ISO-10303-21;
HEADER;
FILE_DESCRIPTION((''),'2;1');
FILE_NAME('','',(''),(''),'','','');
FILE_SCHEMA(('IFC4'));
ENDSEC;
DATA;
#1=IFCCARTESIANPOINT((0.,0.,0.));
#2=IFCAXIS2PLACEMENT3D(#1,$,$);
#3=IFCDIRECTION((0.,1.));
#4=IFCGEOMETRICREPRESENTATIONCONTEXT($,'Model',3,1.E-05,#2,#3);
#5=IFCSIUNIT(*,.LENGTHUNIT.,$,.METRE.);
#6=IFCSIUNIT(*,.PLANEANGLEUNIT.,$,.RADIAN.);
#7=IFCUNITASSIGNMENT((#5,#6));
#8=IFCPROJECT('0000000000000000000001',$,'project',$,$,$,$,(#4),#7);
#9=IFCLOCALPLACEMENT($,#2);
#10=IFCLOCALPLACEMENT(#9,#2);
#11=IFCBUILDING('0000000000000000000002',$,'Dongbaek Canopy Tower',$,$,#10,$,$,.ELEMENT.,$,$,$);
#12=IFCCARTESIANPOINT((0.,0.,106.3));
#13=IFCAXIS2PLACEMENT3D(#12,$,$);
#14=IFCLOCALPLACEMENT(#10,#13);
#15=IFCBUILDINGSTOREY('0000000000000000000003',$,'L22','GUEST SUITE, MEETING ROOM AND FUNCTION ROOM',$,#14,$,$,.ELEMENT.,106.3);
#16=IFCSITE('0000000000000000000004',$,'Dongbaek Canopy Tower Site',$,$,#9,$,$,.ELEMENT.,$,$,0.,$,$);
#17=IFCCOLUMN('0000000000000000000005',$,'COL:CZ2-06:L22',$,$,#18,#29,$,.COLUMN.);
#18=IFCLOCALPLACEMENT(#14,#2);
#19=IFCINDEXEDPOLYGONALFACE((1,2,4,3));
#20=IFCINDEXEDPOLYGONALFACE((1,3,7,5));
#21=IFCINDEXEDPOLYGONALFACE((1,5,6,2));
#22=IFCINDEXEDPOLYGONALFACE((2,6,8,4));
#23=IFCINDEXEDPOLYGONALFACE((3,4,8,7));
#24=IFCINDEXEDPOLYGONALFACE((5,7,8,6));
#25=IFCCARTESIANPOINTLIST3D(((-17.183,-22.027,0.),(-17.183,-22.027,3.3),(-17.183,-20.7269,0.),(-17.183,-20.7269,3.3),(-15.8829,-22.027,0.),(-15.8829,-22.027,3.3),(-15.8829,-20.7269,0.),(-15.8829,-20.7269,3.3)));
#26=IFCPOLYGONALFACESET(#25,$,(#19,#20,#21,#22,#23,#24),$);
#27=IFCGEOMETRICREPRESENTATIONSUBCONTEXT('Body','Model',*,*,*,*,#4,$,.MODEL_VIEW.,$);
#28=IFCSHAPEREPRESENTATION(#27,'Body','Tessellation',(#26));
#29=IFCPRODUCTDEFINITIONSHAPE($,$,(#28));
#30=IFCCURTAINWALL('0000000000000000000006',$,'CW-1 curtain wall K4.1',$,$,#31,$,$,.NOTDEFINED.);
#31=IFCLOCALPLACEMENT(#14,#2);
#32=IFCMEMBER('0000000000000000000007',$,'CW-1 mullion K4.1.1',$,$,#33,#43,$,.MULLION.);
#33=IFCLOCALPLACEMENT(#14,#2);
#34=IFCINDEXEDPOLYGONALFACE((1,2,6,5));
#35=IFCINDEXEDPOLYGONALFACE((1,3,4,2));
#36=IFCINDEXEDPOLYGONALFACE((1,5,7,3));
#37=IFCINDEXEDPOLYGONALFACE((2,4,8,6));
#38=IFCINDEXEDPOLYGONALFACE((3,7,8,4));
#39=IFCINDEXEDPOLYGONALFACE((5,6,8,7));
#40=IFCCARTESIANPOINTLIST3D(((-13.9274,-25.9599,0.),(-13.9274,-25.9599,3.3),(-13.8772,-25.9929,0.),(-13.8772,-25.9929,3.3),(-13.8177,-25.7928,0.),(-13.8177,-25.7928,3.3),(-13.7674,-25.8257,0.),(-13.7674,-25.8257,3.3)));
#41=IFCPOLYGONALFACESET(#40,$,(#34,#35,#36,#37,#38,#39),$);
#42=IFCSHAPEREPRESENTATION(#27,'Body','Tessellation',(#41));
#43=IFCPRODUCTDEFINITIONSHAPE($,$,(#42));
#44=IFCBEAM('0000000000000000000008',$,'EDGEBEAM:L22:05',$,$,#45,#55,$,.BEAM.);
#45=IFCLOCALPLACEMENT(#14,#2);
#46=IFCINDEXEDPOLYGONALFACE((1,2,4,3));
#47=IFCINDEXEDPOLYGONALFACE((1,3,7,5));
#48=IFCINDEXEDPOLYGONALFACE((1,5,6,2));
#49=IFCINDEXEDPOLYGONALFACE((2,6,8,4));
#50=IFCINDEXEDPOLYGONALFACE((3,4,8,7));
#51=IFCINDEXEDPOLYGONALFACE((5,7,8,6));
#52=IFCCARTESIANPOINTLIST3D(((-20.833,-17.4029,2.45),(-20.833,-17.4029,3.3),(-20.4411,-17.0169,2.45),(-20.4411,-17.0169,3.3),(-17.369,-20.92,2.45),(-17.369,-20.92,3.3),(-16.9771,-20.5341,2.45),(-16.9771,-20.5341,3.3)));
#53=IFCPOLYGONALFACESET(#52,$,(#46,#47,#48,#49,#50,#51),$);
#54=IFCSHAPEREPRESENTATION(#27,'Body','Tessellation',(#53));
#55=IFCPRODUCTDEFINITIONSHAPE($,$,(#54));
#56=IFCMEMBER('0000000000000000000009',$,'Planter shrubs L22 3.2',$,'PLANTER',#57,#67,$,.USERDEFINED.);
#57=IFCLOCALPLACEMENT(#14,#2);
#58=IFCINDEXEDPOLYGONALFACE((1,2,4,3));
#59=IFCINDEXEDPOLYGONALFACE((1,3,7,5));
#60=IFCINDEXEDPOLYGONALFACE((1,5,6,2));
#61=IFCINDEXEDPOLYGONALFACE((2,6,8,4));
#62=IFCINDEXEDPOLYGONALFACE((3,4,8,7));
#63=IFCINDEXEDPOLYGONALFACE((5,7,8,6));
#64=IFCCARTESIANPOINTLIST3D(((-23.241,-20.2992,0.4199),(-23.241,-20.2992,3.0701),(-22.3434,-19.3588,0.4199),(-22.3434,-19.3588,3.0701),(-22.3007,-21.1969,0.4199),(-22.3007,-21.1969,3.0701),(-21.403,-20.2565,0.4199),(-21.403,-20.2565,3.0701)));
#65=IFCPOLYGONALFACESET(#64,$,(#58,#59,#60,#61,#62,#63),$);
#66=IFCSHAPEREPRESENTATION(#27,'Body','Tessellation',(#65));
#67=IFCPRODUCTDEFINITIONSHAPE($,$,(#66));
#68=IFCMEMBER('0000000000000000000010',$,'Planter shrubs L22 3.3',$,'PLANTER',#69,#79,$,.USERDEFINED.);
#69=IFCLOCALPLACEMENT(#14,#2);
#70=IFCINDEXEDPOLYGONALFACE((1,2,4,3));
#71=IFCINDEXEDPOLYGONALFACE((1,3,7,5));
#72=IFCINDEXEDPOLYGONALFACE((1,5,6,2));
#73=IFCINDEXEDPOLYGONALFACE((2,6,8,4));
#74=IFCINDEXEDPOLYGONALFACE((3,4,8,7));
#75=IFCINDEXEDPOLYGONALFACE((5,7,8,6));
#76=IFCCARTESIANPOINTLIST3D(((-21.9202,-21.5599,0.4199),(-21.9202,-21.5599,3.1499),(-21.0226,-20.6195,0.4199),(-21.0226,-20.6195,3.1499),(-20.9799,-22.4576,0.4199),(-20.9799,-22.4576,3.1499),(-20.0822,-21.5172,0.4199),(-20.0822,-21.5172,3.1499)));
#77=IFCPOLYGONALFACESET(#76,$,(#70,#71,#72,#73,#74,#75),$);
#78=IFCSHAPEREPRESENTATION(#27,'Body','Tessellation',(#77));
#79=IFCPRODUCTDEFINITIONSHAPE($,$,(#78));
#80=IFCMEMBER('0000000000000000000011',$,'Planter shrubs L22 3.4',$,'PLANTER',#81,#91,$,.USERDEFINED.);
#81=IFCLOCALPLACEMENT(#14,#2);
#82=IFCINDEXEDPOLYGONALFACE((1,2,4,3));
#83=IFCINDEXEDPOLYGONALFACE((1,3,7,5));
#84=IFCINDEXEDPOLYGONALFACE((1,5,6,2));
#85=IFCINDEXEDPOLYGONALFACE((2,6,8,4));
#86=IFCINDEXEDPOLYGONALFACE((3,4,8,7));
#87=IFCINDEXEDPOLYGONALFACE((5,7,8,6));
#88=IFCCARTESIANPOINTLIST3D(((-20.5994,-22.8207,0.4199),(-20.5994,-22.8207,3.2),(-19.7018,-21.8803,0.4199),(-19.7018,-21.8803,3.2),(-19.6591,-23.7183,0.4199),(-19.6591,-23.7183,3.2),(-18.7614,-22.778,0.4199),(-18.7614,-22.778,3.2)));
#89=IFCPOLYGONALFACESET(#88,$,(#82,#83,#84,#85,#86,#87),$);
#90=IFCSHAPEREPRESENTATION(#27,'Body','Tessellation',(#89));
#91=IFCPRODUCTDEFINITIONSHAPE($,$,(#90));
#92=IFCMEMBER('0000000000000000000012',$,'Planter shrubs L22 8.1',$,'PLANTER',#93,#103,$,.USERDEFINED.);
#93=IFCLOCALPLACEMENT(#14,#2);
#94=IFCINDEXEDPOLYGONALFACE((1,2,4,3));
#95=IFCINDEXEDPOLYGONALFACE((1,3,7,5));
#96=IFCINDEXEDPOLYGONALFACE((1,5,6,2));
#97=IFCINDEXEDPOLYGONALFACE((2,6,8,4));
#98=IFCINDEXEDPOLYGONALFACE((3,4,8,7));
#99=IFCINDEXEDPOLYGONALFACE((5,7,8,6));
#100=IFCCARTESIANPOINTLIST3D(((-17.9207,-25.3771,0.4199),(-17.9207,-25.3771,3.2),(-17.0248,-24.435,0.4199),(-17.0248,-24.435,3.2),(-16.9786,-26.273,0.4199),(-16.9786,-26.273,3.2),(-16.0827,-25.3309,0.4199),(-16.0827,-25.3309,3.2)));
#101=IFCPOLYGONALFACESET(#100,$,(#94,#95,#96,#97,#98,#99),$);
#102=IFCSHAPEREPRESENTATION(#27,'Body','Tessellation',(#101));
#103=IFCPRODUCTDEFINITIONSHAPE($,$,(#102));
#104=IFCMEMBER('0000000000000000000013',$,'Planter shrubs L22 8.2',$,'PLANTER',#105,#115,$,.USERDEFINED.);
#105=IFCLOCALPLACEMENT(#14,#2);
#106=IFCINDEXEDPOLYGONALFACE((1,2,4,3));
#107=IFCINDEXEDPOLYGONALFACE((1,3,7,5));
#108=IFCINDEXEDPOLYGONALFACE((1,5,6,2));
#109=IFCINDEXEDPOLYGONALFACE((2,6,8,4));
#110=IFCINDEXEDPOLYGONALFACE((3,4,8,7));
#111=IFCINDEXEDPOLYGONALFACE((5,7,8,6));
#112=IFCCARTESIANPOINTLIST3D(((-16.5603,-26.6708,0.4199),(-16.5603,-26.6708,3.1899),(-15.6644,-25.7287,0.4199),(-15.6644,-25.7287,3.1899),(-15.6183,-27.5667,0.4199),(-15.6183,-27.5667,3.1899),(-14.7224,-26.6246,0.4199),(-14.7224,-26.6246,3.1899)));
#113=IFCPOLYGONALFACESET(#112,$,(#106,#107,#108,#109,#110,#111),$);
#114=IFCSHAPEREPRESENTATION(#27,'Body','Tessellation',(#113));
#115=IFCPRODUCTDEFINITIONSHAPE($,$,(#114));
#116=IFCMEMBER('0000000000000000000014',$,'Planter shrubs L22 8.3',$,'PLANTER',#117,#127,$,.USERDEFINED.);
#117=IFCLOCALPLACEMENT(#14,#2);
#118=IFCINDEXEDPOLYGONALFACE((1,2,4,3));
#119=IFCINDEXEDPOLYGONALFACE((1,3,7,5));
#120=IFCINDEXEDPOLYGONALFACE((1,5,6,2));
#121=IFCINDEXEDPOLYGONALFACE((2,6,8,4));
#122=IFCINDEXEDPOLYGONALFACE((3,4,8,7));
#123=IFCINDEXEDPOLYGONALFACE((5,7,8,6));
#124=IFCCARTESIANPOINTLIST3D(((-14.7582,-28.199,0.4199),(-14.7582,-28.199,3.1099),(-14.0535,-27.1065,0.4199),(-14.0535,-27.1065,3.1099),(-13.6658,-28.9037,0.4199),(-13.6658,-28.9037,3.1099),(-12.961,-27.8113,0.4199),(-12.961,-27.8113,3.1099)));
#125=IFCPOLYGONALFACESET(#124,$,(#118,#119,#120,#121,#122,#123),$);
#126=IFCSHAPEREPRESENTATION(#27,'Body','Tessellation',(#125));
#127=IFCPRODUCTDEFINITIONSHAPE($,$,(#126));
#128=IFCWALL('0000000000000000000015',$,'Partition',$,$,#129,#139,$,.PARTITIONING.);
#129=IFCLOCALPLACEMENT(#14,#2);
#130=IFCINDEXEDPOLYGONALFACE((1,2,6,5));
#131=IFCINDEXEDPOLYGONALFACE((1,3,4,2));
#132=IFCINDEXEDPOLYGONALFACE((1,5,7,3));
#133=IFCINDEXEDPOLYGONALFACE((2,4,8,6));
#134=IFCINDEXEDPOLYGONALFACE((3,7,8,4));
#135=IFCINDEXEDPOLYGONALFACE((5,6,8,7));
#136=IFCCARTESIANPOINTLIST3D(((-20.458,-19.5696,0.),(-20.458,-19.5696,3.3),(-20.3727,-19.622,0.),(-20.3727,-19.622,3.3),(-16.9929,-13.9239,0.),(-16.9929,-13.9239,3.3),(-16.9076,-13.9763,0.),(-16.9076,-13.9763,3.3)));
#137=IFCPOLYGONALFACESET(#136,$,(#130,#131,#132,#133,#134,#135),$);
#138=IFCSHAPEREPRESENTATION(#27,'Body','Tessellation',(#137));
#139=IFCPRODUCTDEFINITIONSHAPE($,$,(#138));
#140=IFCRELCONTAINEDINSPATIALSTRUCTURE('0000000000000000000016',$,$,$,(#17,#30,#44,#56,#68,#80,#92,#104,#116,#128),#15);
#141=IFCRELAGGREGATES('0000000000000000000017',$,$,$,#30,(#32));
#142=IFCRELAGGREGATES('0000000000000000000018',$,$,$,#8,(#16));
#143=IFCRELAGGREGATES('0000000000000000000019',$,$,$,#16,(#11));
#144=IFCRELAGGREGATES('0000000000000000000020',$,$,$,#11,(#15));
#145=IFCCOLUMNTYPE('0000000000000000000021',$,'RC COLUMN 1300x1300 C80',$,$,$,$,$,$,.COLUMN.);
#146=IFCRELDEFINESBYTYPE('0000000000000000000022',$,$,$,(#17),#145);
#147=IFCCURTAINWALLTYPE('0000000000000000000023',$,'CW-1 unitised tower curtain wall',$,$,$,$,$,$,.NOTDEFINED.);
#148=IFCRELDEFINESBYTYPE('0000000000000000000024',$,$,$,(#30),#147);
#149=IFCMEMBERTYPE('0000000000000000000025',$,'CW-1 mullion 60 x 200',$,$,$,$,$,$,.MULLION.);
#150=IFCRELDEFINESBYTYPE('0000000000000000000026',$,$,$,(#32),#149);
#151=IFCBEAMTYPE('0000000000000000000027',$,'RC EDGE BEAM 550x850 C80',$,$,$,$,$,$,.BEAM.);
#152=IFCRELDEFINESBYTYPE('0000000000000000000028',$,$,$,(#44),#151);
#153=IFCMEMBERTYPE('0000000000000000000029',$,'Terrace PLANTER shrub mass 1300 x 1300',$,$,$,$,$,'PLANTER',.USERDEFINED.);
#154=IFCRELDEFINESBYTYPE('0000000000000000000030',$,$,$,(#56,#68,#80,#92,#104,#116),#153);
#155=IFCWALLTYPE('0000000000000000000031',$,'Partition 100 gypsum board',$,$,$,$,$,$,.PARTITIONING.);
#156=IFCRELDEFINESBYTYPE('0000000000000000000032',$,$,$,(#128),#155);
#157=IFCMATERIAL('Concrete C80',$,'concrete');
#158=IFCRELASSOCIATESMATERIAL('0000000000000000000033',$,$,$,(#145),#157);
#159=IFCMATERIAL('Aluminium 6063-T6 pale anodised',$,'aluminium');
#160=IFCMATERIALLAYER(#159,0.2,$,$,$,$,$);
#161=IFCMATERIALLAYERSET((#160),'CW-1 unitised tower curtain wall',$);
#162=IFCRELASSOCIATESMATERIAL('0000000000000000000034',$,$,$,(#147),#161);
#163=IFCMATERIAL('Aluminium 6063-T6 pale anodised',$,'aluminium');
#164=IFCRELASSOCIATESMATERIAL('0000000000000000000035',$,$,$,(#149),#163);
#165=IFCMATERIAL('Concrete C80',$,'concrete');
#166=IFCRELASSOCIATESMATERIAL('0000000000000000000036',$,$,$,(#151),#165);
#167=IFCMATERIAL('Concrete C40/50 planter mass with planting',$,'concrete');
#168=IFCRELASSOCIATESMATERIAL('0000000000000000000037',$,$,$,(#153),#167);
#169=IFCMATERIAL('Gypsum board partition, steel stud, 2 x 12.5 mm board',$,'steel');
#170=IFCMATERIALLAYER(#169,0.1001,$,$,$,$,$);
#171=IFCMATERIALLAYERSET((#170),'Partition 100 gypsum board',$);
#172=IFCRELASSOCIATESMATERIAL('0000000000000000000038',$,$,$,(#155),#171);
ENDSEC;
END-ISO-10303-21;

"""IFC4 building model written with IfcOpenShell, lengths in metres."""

from ifc_helpers import new_model, si_unit, direction, frame, frame_2d, origin, origin_2d, place, context, subcontext, project, spatial, rectangle, extrude, material, layer, layer_set, material_profile, profile_set, type_object, element, aggregate, save


model = new_model("IFC4")

# Units and contexts
model_context = context("Model", 3, precision=1e-05, world=origin(), true_north=direction((0.0, 1.0)))
body_context = subcontext(model_context, "Body", "Model", "MODEL_VIEW")
ifc_project = project(units=[si_unit("LENGTHUNIT", "METRE"), si_unit("PLANEANGLEUNIT", "RADIAN")], contexts=[model_context])

# Site, building, storey
site_placement = place(None, origin())
site = spatial("IfcSite", under=ifc_project, at=site_placement, Name="Dongbaek Canopy Tower Site", CompositionType="ELEMENT", RefElevation=0.0)
building_placement = place(site_placement, origin())
building = spatial("IfcBuilding", under=site, at=building_placement, Name="Dongbaek Canopy Tower", CompositionType="ELEMENT")
storey_placement = place(building_placement, frame((0.0, 0.0, 106.3)))
storey = spatial("IfcBuildingStorey", under=building, at=storey_placement, Name="L22", Description="GUEST SUITE, MEETING ROOM AND FUNCTION ROOM", CompositionType="ELEMENT", Elevation=106.3)

# Column
ifc_material_1 = material(Name="Concrete C80", Category="concrete")
ifc_material_profile_1 = material_profile(ifc_material_1, rectangle(XDim=1.3, YDim=1.3, at=origin_2d()), Name="RC COLUMN 1300x1300 C80")
ifc_profile_set_1 = profile_set([ifc_material_profile_1], Name="Concrete C80")
column_type = type_object("IfcColumnType", Name="RC COLUMN 1300x1300 C80", PredefinedType="COLUMN", material=ifc_profile_set_1)
column_placement = place(storey_placement, frame((-16.533, -21.377, 0.0), z_axis=(0.0, 0.0, 1.0), x_axis=(1.0, 0.0, 0.0)))
element("IfcColumn", 1, at=column_placement, inside=storey, type_object=column_type, Name="COL:CZ2-06:L22", PredefinedType="COLUMN", context=body_context, shape_type="SweptSolid", body=[
    extrude(rectangle(XDim=1.3, YDim=1.3, at=origin_2d()), origin(), (0.0, 0.0, 1.0), 3.3),
])

# Curtain wall, member
ifc_material_2 = material(Name="Aluminium 6063-T6 pale anodised", Category="aluminium")
ifc_layer_1 = layer(ifc_material_2, 0.2)
ifc_layer_set_1 = layer_set([ifc_layer_1], Name="CW-1 unitised tower curtain wall")
curtain_wall_type = type_object("IfcCurtainWallType", Name="CW-1 unitised tower curtain wall", PredefinedType="NOTDEFINED", material=ifc_layer_set_1)
curtain_wall_placement = place(storey_placement, origin())
curtain_wall = element("IfcCurtainWall", 2, at=curtain_wall_placement, inside=storey, type_object=curtain_wall_type, Name="CW-1 curtain wall K4.1", PredefinedType="NOTDEFINED")
ifc_material_3 = material(Name="Aluminium 6063-T6 pale anodised", Category="aluminium")
ifc_material_profile_2 = material_profile(ifc_material_3, rectangle(XDim=0.2, YDim=0.0601, at=origin_2d()), Name="CW-1 mullion 60 x 200")
ifc_profile_set_2 = profile_set([ifc_material_profile_2], Name="Aluminium 6063-T6 pale anodised")
member_type_1 = type_object("IfcMemberType", Name="CW-1 mullion 60 x 200", PredefinedType="MULLION", material=ifc_profile_set_2)
member_1_placement = place(storey_placement, frame((-13.8474, -25.8928, 0.0), z_axis=(0.0, 0.0, 1.0), x_axis=(-0.548724, -0.836004, 0.0)))
member_1 = element("IfcMember", 3, at=member_1_placement, type_object=member_type_1, Name="CW-1 mullion K4.1.1", PredefinedType="MULLION", context=body_context, shape_type="SweptSolid", body=[
    extrude(rectangle(XDim=0.2, YDim=0.0601, at=origin_2d()), origin(), (0.0, 0.0, 1.0), 3.3),
])
aggregate(curtain_wall, [member_1])

# Beam
ifc_material_4 = material(Name="Concrete C80", Category="concrete")
ifc_material_profile_3 = material_profile(ifc_material_4, rectangle(XDim=0.55, YDim=0.8501, at=origin_2d()), Name="RC EDGE BEAM 550x850 C80")
ifc_profile_set_3 = profile_set([ifc_material_profile_3], Name="Concrete C80")
beam_type = type_object("IfcBeamType", Name="RC EDGE BEAM 550x850 C80", PredefinedType="BEAM", material=ifc_profile_set_3)
beam_placement = place(storey_placement, frame((-17.1731, -20.7271, 2.875), z_axis=(-0.701695, 0.712477, 0.0), x_axis=(-0.712477, -0.701695, 0.0)))
element("IfcBeam", 4, at=beam_placement, inside=storey, type_object=beam_type, Name="EDGEBEAM:L22:05", PredefinedType="BEAM", context=body_context, shape_type="SweptSolid", body=[
    extrude(rectangle(XDim=0.55, YDim=0.8501, at=origin_2d()), origin(), (0.0, 0.0, 1.0), 4.9365),
])

# Members
ifc_material_5 = material(Name="Concrete C40/50 planter mass with planting", Category="concrete")
ifc_material_profile_4 = material_profile(ifc_material_5, rectangle(XDim=1.3, YDim=1.3, at=origin_2d()), Name="Terrace PLANTER shrub mass 1300 x 1300")
ifc_profile_set_4 = profile_set([ifc_material_profile_4], Name="Concrete C40/50 planter mass with planting")
member_type_2 = type_object("IfcMemberType", Name="Terrace PLANTER shrub mass 1300 x 1300", ElementType="PLANTER", PredefinedType="USERDEFINED", material=ifc_profile_set_4)
member_2_placement = place(storey_placement, frame((-22.322, -20.2778, 0.4199), z_axis=(0.0, 0.0, 1.0), x_axis=(-0.690482, -0.723349, 0.0)))
element("IfcMember", 5, at=member_2_placement, inside=storey, type_object=member_type_2, Name="Planter shrubs L22 3.2", ObjectType="PLANTER", PredefinedType="USERDEFINED", context=body_context, shape_type="SweptSolid", body=[
    extrude(rectangle(XDim=1.3, YDim=1.3, at=origin_2d()), origin(), (0.0, 0.0, 1.0), 2.6501),
])
member_3_placement = place(storey_placement, frame((-21.0012, -21.5386, 0.4199), z_axis=(0.0, 0.0, 1.0), x_axis=(-0.690482, -0.723349, 0.0)))
element("IfcMember", 6, at=member_3_placement, inside=storey, type_object=member_type_2, Name="Planter shrubs L22 3.3", ObjectType="PLANTER", PredefinedType="USERDEFINED", context=body_context, shape_type="SweptSolid", body=[
    extrude(rectangle(XDim=1.3, YDim=1.3, at=origin_2d()), origin(), (0.0, 0.0, 1.0), 2.73),
])
for number, where, z_axis, x_axis, name in (
    (7, (-19.6804, -22.7993, 0.4199), (0.0, 0.0, 1.0), (-0.690482, -0.723349, 0.0), "Planter shrubs L22 3.4"),
    (8, (-17.0017, -25.354, 0.4199), (0.0, 0.0, 1.0), (-0.689144, -0.724624, 0.0), "Planter shrubs L22 8.1"),
):
    element("IfcMember", number, at=place(storey_placement, frame(where, z_axis=z_axis, x_axis=x_axis)), inside=storey, type_object=member_type_2, Name=name, ObjectType="PLANTER", PredefinedType="USERDEFINED", context=body_context, shape_type="SweptSolid", body=[
        extrude(rectangle(XDim=1.3, YDim=1.3, at=origin_2d()), origin(), (0.0, 0.0, 1.0), 2.78),
    ])
member_4_placement = place(storey_placement, frame((-15.6414, -26.6477, 0.4199), z_axis=(0.0, 0.0, 1.0), x_axis=(-0.689144, -0.724624, 0.0)))
element("IfcMember", 9, at=member_4_placement, inside=storey, type_object=member_type_2, Name="Planter shrubs L22 8.2", ObjectType="PLANTER", PredefinedType="USERDEFINED", context=body_context, shape_type="SweptSolid", body=[
    extrude(rectangle(XDim=1.3, YDim=1.3, at=origin_2d()), origin(), (0.0, 0.0, 1.0), 2.77),
])
member_5_placement = place(storey_placement, frame((-13.8596, -28.0051, 0.4199), z_axis=(0.0, 0.0, 1.0), x_axis=(-0.542086, -0.840323, 0.0)))
element("IfcMember", 10, at=member_5_placement, inside=storey, type_object=member_type_2, Name="Planter shrubs L22 8.3", ObjectType="PLANTER", PredefinedType="USERDEFINED", context=body_context, shape_type="SweptSolid", body=[
    extrude(rectangle(XDim=1.3, YDim=1.3, at=origin_2d()), origin(), (0.0, 0.0, 1.0), 2.6899),
])

# Wall
ifc_material_6 = material(Name="Gypsum board partition, steel stud, 2 x 12.5 mm board", Category="steel")
ifc_layer_2 = layer(ifc_material_6, 0.1001)
ifc_layer_set_2 = layer_set([ifc_layer_2], Name="Partition 100 gypsum board")
wall_type_1 = type_object("IfcWallType", Name="Partition 100 gypsum board", PredefinedType="PARTITIONING", material=ifc_layer_set_2)
wall_1_placement = place(storey_placement, frame((-20.4153, -19.5957, 0.0), z_axis=(0.0, 0.0, 1.0), x_axis=(0.523087, 0.852279, 0.0)))
element("IfcWall", 11, at=wall_1_placement, inside=storey, type_object=wall_type_1, Name="Partition", PredefinedType="PARTITIONING", context=body_context, shape_type="SweptSolid", body=[
    extrude(rectangle(XDim=6.6243, YDim=0.1001, at=frame_2d((3.312, 0.0))), origin(), (0.0, 0.0, 1.0), 3.3),
])

save(model, "model.ifc")
